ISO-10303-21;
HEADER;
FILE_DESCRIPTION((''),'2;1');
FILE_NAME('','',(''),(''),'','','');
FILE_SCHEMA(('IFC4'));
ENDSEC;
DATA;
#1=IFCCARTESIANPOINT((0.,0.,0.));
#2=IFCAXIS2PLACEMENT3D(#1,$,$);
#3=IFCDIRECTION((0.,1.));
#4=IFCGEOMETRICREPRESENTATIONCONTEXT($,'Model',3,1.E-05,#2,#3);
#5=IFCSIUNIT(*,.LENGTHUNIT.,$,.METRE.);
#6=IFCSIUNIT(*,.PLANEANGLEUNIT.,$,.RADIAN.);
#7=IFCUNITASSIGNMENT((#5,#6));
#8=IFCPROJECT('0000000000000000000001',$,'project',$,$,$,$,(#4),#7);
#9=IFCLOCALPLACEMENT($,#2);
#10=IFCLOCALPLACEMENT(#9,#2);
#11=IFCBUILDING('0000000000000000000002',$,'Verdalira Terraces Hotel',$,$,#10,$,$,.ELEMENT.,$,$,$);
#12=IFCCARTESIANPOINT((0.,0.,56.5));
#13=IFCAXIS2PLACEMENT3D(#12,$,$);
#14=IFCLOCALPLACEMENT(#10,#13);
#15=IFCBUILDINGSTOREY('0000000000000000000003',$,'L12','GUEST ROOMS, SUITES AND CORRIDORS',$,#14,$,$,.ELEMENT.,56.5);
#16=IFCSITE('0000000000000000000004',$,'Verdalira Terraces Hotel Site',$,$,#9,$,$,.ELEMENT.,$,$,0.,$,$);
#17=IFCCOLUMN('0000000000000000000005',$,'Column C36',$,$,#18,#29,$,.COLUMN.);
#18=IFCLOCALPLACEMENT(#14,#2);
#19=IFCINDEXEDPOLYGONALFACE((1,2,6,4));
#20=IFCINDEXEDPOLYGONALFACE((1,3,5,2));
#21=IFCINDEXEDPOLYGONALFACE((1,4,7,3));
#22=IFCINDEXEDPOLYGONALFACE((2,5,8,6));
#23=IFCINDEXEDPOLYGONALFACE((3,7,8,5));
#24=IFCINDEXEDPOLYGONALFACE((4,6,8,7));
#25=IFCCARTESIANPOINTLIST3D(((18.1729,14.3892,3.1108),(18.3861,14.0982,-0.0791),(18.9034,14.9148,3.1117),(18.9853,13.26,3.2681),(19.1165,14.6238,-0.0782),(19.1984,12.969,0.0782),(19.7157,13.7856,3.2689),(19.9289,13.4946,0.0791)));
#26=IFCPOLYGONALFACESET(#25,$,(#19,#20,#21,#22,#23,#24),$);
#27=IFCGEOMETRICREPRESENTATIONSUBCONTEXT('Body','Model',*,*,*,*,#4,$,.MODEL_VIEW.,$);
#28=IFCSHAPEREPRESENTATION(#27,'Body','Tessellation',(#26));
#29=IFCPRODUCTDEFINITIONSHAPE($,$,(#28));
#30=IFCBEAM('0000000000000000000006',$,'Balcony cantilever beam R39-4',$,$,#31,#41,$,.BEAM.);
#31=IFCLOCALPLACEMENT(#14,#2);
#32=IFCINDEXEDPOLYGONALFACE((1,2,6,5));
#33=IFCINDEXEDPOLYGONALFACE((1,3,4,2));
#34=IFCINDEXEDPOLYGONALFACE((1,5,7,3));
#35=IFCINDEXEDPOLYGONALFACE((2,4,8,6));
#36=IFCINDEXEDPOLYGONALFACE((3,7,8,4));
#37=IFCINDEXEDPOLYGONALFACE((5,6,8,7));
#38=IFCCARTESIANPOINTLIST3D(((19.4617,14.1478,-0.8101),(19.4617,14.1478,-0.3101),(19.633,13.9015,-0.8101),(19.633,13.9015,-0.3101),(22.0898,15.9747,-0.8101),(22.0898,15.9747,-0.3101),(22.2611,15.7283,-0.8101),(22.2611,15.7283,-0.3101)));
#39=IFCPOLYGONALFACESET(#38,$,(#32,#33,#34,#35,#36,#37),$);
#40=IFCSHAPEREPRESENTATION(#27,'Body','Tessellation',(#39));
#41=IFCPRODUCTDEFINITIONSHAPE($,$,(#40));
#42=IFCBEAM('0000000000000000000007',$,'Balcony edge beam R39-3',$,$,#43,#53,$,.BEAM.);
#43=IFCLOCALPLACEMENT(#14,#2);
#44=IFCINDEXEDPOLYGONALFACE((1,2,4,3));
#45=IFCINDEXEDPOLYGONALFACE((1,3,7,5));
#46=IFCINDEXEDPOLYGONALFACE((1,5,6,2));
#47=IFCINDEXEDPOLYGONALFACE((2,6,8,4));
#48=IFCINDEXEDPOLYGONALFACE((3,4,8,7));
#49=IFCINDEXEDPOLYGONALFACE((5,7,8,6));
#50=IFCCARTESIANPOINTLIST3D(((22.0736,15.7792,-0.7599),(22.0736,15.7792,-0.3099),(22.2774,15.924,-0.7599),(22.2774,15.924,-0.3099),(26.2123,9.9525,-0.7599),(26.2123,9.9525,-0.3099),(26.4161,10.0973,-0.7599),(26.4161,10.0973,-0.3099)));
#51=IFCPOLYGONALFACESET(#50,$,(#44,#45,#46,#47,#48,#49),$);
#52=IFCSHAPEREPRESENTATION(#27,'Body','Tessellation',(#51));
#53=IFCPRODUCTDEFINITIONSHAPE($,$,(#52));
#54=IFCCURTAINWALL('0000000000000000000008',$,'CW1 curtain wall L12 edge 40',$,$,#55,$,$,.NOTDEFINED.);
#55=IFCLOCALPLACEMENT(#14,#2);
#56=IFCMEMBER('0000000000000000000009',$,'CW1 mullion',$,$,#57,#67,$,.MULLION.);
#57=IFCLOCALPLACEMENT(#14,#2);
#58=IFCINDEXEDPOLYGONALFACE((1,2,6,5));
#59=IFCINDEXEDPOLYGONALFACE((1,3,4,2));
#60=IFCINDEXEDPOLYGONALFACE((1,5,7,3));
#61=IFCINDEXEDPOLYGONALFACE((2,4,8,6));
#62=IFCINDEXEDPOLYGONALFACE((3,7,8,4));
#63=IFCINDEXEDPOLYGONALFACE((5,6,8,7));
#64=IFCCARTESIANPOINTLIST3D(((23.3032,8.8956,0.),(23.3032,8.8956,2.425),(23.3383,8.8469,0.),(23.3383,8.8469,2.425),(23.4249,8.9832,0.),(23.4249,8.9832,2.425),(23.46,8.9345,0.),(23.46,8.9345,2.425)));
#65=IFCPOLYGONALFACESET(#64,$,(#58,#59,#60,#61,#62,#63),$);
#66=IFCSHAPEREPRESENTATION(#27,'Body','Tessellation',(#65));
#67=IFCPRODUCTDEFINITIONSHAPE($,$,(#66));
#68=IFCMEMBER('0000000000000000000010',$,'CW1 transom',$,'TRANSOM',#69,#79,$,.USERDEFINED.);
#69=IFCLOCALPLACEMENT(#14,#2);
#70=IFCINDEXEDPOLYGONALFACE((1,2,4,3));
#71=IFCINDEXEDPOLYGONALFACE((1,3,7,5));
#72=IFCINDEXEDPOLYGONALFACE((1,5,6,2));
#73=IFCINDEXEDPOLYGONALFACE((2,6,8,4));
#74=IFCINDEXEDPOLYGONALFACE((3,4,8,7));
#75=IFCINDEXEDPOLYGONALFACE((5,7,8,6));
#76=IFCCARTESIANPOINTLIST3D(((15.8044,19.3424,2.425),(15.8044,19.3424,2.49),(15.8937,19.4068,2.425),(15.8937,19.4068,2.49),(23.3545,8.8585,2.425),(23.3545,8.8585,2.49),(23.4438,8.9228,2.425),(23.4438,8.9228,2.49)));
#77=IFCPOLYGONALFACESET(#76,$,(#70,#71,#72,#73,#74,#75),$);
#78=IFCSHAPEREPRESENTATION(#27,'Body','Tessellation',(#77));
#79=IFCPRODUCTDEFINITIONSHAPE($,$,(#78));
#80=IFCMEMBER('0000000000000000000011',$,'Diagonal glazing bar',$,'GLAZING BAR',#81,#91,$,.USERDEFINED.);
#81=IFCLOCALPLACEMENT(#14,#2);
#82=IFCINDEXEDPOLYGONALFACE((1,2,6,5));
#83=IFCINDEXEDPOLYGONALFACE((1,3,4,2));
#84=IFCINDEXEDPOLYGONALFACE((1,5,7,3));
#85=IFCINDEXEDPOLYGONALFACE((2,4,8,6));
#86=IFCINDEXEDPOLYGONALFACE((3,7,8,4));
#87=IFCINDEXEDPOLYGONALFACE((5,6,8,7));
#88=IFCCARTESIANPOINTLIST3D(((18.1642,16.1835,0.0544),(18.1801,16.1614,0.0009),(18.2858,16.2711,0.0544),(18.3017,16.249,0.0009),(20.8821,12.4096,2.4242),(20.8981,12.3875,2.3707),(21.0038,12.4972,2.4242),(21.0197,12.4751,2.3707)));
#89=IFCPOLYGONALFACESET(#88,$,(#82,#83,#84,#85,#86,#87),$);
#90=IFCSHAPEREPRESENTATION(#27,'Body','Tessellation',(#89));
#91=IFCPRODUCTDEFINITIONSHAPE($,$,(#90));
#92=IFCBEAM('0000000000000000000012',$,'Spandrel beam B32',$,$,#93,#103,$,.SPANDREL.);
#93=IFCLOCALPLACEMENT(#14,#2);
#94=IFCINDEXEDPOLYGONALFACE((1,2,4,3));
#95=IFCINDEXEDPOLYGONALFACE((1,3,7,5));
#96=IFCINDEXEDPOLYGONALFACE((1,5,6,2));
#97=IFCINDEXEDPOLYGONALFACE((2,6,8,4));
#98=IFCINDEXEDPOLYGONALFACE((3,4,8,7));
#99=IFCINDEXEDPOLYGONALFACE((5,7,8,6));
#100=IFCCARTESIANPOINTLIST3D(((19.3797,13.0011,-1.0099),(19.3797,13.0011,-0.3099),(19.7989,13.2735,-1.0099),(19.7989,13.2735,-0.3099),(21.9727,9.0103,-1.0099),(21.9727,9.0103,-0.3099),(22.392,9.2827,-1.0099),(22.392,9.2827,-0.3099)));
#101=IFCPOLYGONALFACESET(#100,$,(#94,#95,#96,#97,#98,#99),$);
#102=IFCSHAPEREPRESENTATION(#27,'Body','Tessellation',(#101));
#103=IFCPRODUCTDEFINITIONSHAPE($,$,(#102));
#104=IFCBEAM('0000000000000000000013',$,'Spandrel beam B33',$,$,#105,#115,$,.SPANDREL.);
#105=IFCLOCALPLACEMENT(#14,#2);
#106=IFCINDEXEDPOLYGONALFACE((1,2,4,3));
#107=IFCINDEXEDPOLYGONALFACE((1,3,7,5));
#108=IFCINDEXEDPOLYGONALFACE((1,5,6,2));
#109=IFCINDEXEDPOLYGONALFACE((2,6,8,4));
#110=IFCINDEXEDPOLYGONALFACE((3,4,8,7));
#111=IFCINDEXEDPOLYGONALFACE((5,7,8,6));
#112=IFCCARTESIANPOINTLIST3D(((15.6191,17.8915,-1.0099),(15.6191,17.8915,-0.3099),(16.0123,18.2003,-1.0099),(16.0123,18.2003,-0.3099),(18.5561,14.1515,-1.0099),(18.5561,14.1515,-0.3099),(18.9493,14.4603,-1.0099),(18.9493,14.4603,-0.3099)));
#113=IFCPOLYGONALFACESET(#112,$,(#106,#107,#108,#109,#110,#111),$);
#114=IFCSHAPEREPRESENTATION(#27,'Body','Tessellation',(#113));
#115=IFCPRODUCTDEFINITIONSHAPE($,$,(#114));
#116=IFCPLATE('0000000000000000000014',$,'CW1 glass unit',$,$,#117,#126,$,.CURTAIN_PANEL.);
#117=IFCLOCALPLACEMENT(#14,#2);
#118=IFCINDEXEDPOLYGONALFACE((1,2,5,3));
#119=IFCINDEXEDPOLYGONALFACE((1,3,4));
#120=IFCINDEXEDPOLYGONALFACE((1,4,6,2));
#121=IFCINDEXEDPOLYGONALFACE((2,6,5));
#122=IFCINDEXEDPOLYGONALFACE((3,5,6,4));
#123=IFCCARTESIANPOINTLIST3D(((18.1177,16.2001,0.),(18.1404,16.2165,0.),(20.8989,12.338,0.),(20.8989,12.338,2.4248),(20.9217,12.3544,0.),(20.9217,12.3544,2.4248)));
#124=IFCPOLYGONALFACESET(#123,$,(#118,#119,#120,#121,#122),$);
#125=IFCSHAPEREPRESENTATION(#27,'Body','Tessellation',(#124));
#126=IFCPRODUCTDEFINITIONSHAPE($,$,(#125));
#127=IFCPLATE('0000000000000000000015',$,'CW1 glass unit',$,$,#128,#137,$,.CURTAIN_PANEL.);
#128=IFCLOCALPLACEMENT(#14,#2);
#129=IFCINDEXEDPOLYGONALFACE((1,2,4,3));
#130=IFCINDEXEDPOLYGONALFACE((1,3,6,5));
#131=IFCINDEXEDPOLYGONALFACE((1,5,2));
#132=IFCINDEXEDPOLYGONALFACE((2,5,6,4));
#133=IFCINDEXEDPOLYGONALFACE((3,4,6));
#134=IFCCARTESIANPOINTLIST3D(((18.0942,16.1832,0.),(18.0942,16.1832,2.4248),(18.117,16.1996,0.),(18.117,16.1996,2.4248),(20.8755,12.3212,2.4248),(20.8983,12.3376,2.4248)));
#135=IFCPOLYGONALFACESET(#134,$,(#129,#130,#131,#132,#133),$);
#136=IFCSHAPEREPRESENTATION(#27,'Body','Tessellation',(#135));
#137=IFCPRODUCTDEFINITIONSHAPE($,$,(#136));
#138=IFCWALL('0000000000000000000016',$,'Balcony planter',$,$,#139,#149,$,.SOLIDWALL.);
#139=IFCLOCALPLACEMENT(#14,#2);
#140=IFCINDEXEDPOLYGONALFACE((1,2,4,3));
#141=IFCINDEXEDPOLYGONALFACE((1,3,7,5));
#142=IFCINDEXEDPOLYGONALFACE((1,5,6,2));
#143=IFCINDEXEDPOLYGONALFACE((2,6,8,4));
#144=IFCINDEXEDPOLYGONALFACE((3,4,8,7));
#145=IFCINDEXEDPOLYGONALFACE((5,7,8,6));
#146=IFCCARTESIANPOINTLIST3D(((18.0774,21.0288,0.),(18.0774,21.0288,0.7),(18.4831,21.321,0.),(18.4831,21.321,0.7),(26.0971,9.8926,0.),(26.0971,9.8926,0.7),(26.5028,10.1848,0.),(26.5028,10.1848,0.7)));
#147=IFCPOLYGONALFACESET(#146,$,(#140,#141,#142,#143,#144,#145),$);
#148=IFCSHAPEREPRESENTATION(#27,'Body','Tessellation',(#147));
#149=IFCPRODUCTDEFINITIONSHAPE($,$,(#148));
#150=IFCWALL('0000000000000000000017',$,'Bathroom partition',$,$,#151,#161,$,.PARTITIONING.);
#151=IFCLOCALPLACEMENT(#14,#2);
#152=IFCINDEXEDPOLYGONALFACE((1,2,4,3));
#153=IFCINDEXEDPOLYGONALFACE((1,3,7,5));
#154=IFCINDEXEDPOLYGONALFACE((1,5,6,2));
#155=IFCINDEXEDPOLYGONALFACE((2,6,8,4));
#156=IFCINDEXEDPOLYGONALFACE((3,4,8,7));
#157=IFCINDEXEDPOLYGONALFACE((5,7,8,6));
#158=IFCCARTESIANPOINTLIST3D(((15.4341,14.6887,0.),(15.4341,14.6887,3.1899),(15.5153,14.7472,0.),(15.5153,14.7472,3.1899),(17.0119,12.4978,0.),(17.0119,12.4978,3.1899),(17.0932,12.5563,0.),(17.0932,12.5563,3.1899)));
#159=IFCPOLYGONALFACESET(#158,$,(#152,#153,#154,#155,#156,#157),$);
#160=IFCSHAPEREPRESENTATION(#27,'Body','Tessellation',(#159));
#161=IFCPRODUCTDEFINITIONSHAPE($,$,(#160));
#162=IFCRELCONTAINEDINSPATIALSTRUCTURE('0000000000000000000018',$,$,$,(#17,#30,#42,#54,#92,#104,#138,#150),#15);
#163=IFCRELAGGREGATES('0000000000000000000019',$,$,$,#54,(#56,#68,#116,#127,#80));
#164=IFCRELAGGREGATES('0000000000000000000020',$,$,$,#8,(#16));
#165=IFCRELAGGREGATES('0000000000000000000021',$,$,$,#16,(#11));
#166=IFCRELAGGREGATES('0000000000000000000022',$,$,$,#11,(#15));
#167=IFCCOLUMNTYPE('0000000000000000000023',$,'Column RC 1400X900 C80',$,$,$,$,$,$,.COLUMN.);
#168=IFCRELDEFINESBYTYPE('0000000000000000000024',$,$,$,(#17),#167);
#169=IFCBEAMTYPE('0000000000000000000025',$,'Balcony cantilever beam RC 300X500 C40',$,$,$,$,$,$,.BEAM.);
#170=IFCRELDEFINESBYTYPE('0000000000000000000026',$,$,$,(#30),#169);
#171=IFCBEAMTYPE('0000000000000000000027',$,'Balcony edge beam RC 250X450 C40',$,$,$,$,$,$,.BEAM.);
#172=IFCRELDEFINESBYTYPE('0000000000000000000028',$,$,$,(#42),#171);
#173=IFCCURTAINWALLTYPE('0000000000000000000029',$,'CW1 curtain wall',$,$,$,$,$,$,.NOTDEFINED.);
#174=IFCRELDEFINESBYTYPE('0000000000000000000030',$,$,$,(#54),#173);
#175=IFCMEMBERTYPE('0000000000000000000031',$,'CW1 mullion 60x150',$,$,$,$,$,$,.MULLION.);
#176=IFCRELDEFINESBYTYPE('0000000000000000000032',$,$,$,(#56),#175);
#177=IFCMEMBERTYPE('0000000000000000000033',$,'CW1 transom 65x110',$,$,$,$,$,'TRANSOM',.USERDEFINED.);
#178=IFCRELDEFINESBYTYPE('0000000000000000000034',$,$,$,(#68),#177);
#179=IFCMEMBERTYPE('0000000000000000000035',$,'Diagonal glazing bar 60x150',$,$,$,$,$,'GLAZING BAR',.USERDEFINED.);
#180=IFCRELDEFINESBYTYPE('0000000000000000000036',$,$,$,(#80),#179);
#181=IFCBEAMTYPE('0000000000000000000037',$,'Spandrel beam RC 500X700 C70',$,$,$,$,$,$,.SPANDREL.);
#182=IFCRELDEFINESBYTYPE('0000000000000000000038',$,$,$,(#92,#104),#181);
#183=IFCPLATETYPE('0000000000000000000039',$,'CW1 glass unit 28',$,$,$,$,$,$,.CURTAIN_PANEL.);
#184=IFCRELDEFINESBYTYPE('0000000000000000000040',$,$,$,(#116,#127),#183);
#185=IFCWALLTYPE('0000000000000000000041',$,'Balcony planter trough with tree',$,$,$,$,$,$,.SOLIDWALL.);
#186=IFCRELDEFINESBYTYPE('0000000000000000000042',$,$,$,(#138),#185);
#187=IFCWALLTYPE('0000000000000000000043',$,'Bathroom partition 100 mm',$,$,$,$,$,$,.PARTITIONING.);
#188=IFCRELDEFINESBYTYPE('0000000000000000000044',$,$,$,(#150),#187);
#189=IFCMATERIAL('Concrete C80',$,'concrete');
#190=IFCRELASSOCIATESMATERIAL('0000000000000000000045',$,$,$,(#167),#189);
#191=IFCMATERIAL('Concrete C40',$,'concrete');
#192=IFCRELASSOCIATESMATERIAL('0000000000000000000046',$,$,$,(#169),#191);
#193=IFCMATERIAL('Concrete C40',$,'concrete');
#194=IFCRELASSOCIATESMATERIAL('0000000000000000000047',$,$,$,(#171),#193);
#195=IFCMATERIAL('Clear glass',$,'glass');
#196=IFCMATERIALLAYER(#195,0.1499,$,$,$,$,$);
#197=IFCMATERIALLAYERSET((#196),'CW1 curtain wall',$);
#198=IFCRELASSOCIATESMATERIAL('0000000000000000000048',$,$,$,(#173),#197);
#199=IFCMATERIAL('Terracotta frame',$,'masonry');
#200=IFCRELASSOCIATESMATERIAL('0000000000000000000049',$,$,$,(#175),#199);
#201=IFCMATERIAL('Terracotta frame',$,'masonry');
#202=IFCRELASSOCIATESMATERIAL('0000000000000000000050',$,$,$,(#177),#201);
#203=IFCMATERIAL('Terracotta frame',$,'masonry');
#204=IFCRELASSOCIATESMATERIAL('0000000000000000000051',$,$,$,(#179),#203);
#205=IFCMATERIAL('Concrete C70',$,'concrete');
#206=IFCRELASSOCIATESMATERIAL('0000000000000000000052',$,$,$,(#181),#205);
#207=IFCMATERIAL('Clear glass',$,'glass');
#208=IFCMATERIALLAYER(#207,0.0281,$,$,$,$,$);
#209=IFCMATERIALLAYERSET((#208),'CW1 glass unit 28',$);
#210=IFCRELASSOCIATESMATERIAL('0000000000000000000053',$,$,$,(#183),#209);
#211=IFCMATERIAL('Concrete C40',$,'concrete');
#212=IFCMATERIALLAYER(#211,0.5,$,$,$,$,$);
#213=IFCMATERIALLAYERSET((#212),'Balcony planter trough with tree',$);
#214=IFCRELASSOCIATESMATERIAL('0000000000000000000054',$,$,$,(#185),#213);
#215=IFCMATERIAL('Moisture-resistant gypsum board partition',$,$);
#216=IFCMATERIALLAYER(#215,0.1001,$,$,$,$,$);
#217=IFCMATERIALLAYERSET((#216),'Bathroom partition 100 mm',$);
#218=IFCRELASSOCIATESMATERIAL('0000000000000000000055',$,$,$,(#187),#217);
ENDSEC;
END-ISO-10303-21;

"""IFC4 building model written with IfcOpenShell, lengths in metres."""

from ifc_helpers import new_model, si_unit, direction, frame, frame_2d, origin, origin_2d, place, context, subcontext, project, spatial, polyline, rectangle, outline, extrude, material, layer, layer_set, material_profile, profile_set, type_object, element, aggregate, save


model = new_model("IFC4")

# Units and contexts
model_context = context("Model", 3, precision=1e-05, world=origin(), true_north=direction((0.0, 1.0)))
body_context = subcontext(model_context, "Body", "Model", "MODEL_VIEW")
ifc_project = project(units=[si_unit("LENGTHUNIT", "METRE"), si_unit("PLANEANGLEUNIT", "RADIAN")], contexts=[model_context])

# Site, building, storey
site_placement = place(None, origin())
site = spatial("IfcSite", under=ifc_project, at=site_placement, Name="Verdalira Terraces Hotel Site", CompositionType="ELEMENT", RefElevation=0.0)
building_placement = place(site_placement, origin())
building = spatial("IfcBuilding", under=site, at=building_placement, Name="Verdalira Terraces Hotel", CompositionType="ELEMENT")
storey_placement = place(building_placement, frame((0.0, 0.0, 56.5)))
storey = spatial("IfcBuildingStorey", under=building, at=storey_placement, Name="L12", Description="GUEST ROOMS, SUITES AND CORRIDORS", CompositionType="ELEMENT", Elevation=56.5)

# Column
ifc_material_1 = material(Name="Concrete C80", Category="concrete")
ifc_material_profile_1 = material_profile(ifc_material_1, rectangle(XDim=1.3999, YDim=0.8999, at=origin_2d()), Name="RC 1400X900")
ifc_profile_set_1 = profile_set([ifc_material_profile_1], Name="Concrete C80")
column_type = type_object("IfcColumnType", Name="Column RC 1400X900 C80", PredefinedType="COLUMN", material=ifc_profile_set_1)
column_placement = place(storey_placement, frame((19.1575, 13.7964, 0.0), z_axis=(-0.066392, 0.090651, 0.993667), x_axis=(-0.5803, 0.806615, -0.112359)))
element("IfcColumn", 1, at=column_placement, inside=storey, type_object=column_type, Name="Column C36", PredefinedType="COLUMN", context=body_context, shape_type="SweptSolid", body=[
    extrude(rectangle(XDim=1.3999, YDim=0.8999, at=origin_2d()), origin(), (0.0, 0.0, 1.0), 3.2102),
])

# Beams
ifc_material_2 = material(Name="Concrete C40", Category="concrete")
ifc_material_profile_2 = material_profile(ifc_material_2, rectangle(XDim=0.3, YDim=0.5, at=origin_2d()), Name="RC 300X500")
ifc_profile_set_2 = profile_set([ifc_material_profile_2], Name="Concrete C40")
beam_type_1 = type_object("IfcBeamType", Name="Balcony cantilever beam RC 300X500 C40", PredefinedType="BEAM", material=ifc_profile_set_2)
beam_1_placement = place(storey_placement, frame((19.5474, 14.0247, -0.5601), z_axis=(0.821109, 0.570772, 0.0), x_axis=(-0.570772, 0.821109, 0.0)))
element("IfcBeam", 2, at=beam_1_placement, inside=storey, type_object=beam_type_1, Name="Balcony cantilever beam R39-4", PredefinedType="BEAM", context=body_context, shape_type="SweptSolid", body=[
    extrude(rectangle(XDim=0.3, YDim=0.5, at=origin_2d()), origin(), (0.0, 0.0, 1.0), 3.2007),
])
ifc_material_3 = material(Name="Concrete C40", Category="concrete")
ifc_material_profile_3 = material_profile(ifc_material_3, rectangle(XDim=0.25, YDim=0.45, at=origin_2d()), Name="RC 250X450")
ifc_profile_set_3 = profile_set([ifc_material_profile_3], Name="Concrete C40")
beam_type_2 = type_object("IfcBeamType", Name="Balcony edge beam RC 250X450 C40", PredefinedType="BEAM", material=ifc_profile_set_3)
beam_2_placement = place(storey_placement, frame((26.3142, 10.0249, -0.5349), z_axis=(-0.579084, 0.815268, 0.0), x_axis=(-0.815268, -0.579084, 0.0)))
element("IfcBeam", 3, at=beam_2_placement, inside=storey, type_object=beam_type_2, Name="Balcony edge beam R39-3", PredefinedType="BEAM", context=body_context, shape_type="SweptSolid", body=[
    extrude(rectangle(XDim=0.25, YDim=0.45, at=origin_2d()), origin(), (0.0, 0.0, 1.0), 7.147),
])

# Curtain wall, members
ifc_material_4 = material(Name="Clear glass", Category="glass")
ifc_layer_1 = layer(ifc_material_4, 0.1499)
ifc_layer_set_1 = layer_set([ifc_layer_1], Name="CW1 curtain wall")
curtain_wall_type = type_object("IfcCurtainWallType", Name="CW1 curtain wall", PredefinedType="NOTDEFINED", material=ifc_layer_set_1)
curtain_wall_placement = place(storey_placement, origin())
curtain_wall = element("IfcCurtainWall", 4, at=curtain_wall_placement, inside=storey, type_object=curtain_wall_type, Name="CW1 curtain wall L12 edge 40", PredefinedType="NOTDEFINED")
ifc_material_5 = material(Name="Terracotta frame", Category="masonry")
ifc_material_profile_4 = material_profile(ifc_material_5, rectangle(XDim=0.0601, YDim=0.1499, at=origin_2d()), Name="MU 60x150")
ifc_profile_set_4 = profile_set([ifc_material_profile_4], Name="Terracotta frame")
member_type_1 = type_object("IfcMemberType", Name="CW1 mullion 60x150", PredefinedType="MULLION", material=ifc_profile_set_4)
member_1_placement = place(storey_placement, frame((23.3816, 8.915, 0.0), z_axis=(0.0, 0.0, 1.0), x_axis=(-0.584391, 0.811472, 0.0)))
member_1 = element("IfcMember", 5, at=member_1_placement, type_object=member_type_1, Name="CW1 mullion", PredefinedType="MULLION", context=body_context, shape_type="SweptSolid", body=[
    extrude(rectangle(XDim=0.0601, YDim=0.1499, at=origin_2d()), origin(), (0.0, 0.0, 1.0), 2.425),
])
ifc_material_6 = material(Name="Terracotta frame", Category="masonry")
ifc_material_profile_5 = material_profile(ifc_material_6, rectangle(XDim=0.1101, YDim=0.0649, at=origin_2d()), Name="TR 65x110")
ifc_profile_set_5 = profile_set([ifc_material_profile_5], Name="Terracotta frame")
member_type_2 = type_object("IfcMemberType", Name="CW1 transom 65x110", ElementType="TRANSOM", PredefinedType="USERDEFINED", material=ifc_profile_set_5)
member_2_placement = place(storey_placement, frame((23.3992, 8.8906, 2.4575), z_axis=(-0.584389, 0.811474, 0.0), x_axis=(-0.811474, -0.584389, 0.0)))
member_2 = element("IfcMember", 6, at=member_2_placement, type_object=member_type_2, Name="CW1 transom", ObjectType="TRANSOM", PredefinedType="USERDEFINED", context=body_context, shape_type="SweptSolid", body=[
    extrude(rectangle(XDim=0.1101, YDim=0.0649, at=origin_2d()), origin(), (0.0, 0.0, 1.0), 12.9197),
])
ifc_material_7 = material(Name="Terracotta frame", Category="masonry")
ifc_material_profile_6 = material_profile(ifc_material_7, rectangle(XDim=0.1499, YDim=0.0601, at=origin_2d()), Name="GB 60x150")
ifc_profile_set_6 = profile_set([ifc_material_profile_6], Name="Terracotta frame")
member_type_3 = type_object("IfcMemberType", Name="Diagonal glazing bar 60x150", ElementType="GLAZING BAR", PredefinedType="USERDEFINED", material=ifc_profile_set_6)
member_3_placement = place(storey_placement, frame((20.9509, 12.4424, 2.3975), z_axis=(-0.520712, 0.723, -0.454015), x_axis=(-0.811454, -0.584417, 0.0)))
member_3 = element("IfcMember", 7, at=member_3_placement, type_object=member_type_3, Name="Diagonal glazing bar", ObjectType="GLAZING BAR", PredefinedType="USERDEFINED", context=body_context, shape_type="SweptSolid", body=[
    extrude(rectangle(XDim=0.1499, YDim=0.0601, at=origin_2d()), origin(), (0.0, 0.0, 1.0), 5.2197),
])

# Beams
ifc_material_8 = material(Name="Concrete C70", Category="concrete")
ifc_material_profile_7 = material_profile(ifc_material_8, rectangle(XDim=0.5, YDim=0.7, at=origin_2d()), Name="RC 500X700")
ifc_profile_set_7 = profile_set([ifc_material_profile_7], Name="Concrete C70")
beam_type_3 = type_object("IfcBeamType", Name="Spandrel beam RC 500X700 C70", PredefinedType="SPANDREL", material=ifc_profile_set_7)
beam_3_placement = place(storey_placement, frame((22.1824, 9.1465, -0.6599), z_axis=(-0.544848, 0.838535, 0.0), x_axis=(-0.838535, -0.544848, 0.0)))
element("IfcBeam", 8, at=beam_3_placement, inside=storey, type_object=beam_type_3, Name="Spandrel beam B32", PredefinedType="SPANDREL", context=body_context, shape_type="SweptSolid", body=[
    extrude(rectangle(XDim=0.5, YDim=0.7, at=origin_2d()), origin(), (0.0, 0.0, 1.0), 4.7593),
])
beam_4_placement = place(storey_placement, frame((18.7527, 14.3059, -0.6599), z_axis=(-0.61762, 0.786477, 0.0), x_axis=(-0.786477, -0.61762, 0.0)))
element("IfcBeam", 9, at=beam_4_placement, inside=storey, type_object=beam_type_3, Name="Spandrel beam B33", PredefinedType="SPANDREL", context=body_context, shape_type="SweptSolid", body=[
    extrude(rectangle(XDim=0.5, YDim=0.7, at=origin_2d()), origin(), (0.0, 0.0, 1.0), 4.7554),
])

# Plates
ifc_material_9 = material(Name="Clear glass", Category="glass")
ifc_layer_2 = layer(ifc_material_9, 0.0281)
ifc_layer_set_2 = layer_set([ifc_layer_2], Name="CW1 glass unit 28")
plate_type = type_object("IfcPlateType", Name="CW1 glass unit 28", PredefinedType="CURTAIN_PANEL", material=ifc_layer_set_2)
plate_1_placement = place(storey_placement, frame((19.5083, 14.269, 1.2124), z_axis=(0.811472, 0.584391, 0.0), x_axis=(-0.584391, 0.811472, 0.0)))
plate_1 = element("IfcPlate", 10, at=plate_1_placement, type_object=plate_type, Name="CW1 glass unit", PredefinedType="CURTAIN_PANEL", context=body_context, shape_type="SweptSolid", body=[
    extrude(outline(polyline([(-2.3796, -1.2124), (2.3796, -1.2124), (-2.3796, 1.2124), (-2.3796, -1.2124)])), origin(), (0.0, 0.0, 1.0), 0.0281),
])
plate_2_placement = place(storey_placement, frame((19.4849, 14.2522, 1.2124), z_axis=(0.811472, 0.584391, 0.0), x_axis=(-0.584391, 0.811472, 0.0)))
plate_2 = element("IfcPlate", 11, at=plate_2_placement, type_object=plate_type, Name="CW1 glass unit", PredefinedType="CURTAIN_PANEL", context=body_context, shape_type="SweptSolid", body=[
    extrude(outline(polyline([(2.3796, -1.2124), (2.3796, 1.2124), (-2.3796, 1.2124), (2.3796, -1.2124)])), origin(), (0.0, 0.0, 1.0), 0.0281),
])
aggregate(curtain_wall, [member_1, member_2, plate_1, plate_2, member_3])

# Walls
ifc_material_10 = material(Name="Concrete C40", Category="concrete")
ifc_layer_3 = layer(ifc_material_10, 0.5)
ifc_layer_set_3 = layer_set([ifc_layer_3], Name="Balcony planter trough with tree")
wall_type_1 = type_object("IfcWallType", Name="Balcony planter trough with tree", PredefinedType="SOLIDWALL", material=ifc_layer_set_3)
wall_1_placement = place(storey_placement, frame((26.3, 10.0386, 0.0), z_axis=(0.0, 0.0, 1.0), x_axis=(-0.584386, 0.811476, 0.0)))
element("IfcWall", 12, at=wall_1_placement, inside=storey, type_object=wall_type_1, Name="Balcony planter", PredefinedType="SOLIDWALL", context=body_context, shape_type="SweptSolid", body=[
    extrude(rectangle(XDim=13.7234, YDim=0.5, at=frame_2d((6.8618, 0.0))), origin(), (0.0, 0.0, 1.0), 0.7),
])
ifc_material_11 = material(Name="Moisture-resistant gypsum board partition")
ifc_layer_4 = layer(ifc_material_11, 0.1001)
ifc_layer_set_4 = layer_set([ifc_layer_4], Name="Bathroom partition 100 mm")
wall_type_2 = type_object("IfcWallType", Name="Bathroom partition 100 mm", PredefinedType="PARTITIONING", material=ifc_layer_set_4)
wall_2_placement = place(storey_placement, frame((15.4746, 14.718, 0.0), z_axis=(0.0, 0.0, 1.0), x_axis=(0.584407, -0.811461, 0.0)))
element("IfcWall", 13, at=wall_2_placement, inside=storey, type_object=wall_type_2, Name="Bathroom partition", PredefinedType="PARTITIONING", context=body_context, shape_type="SweptSolid", body=[
    extrude(rectangle(XDim=2.7, YDim=0.1001, at=frame_2d((1.3501, 0.0))), origin(), (0.0, 0.0, 1.0), 3.1899),
])

save(model, "model.ifc")
